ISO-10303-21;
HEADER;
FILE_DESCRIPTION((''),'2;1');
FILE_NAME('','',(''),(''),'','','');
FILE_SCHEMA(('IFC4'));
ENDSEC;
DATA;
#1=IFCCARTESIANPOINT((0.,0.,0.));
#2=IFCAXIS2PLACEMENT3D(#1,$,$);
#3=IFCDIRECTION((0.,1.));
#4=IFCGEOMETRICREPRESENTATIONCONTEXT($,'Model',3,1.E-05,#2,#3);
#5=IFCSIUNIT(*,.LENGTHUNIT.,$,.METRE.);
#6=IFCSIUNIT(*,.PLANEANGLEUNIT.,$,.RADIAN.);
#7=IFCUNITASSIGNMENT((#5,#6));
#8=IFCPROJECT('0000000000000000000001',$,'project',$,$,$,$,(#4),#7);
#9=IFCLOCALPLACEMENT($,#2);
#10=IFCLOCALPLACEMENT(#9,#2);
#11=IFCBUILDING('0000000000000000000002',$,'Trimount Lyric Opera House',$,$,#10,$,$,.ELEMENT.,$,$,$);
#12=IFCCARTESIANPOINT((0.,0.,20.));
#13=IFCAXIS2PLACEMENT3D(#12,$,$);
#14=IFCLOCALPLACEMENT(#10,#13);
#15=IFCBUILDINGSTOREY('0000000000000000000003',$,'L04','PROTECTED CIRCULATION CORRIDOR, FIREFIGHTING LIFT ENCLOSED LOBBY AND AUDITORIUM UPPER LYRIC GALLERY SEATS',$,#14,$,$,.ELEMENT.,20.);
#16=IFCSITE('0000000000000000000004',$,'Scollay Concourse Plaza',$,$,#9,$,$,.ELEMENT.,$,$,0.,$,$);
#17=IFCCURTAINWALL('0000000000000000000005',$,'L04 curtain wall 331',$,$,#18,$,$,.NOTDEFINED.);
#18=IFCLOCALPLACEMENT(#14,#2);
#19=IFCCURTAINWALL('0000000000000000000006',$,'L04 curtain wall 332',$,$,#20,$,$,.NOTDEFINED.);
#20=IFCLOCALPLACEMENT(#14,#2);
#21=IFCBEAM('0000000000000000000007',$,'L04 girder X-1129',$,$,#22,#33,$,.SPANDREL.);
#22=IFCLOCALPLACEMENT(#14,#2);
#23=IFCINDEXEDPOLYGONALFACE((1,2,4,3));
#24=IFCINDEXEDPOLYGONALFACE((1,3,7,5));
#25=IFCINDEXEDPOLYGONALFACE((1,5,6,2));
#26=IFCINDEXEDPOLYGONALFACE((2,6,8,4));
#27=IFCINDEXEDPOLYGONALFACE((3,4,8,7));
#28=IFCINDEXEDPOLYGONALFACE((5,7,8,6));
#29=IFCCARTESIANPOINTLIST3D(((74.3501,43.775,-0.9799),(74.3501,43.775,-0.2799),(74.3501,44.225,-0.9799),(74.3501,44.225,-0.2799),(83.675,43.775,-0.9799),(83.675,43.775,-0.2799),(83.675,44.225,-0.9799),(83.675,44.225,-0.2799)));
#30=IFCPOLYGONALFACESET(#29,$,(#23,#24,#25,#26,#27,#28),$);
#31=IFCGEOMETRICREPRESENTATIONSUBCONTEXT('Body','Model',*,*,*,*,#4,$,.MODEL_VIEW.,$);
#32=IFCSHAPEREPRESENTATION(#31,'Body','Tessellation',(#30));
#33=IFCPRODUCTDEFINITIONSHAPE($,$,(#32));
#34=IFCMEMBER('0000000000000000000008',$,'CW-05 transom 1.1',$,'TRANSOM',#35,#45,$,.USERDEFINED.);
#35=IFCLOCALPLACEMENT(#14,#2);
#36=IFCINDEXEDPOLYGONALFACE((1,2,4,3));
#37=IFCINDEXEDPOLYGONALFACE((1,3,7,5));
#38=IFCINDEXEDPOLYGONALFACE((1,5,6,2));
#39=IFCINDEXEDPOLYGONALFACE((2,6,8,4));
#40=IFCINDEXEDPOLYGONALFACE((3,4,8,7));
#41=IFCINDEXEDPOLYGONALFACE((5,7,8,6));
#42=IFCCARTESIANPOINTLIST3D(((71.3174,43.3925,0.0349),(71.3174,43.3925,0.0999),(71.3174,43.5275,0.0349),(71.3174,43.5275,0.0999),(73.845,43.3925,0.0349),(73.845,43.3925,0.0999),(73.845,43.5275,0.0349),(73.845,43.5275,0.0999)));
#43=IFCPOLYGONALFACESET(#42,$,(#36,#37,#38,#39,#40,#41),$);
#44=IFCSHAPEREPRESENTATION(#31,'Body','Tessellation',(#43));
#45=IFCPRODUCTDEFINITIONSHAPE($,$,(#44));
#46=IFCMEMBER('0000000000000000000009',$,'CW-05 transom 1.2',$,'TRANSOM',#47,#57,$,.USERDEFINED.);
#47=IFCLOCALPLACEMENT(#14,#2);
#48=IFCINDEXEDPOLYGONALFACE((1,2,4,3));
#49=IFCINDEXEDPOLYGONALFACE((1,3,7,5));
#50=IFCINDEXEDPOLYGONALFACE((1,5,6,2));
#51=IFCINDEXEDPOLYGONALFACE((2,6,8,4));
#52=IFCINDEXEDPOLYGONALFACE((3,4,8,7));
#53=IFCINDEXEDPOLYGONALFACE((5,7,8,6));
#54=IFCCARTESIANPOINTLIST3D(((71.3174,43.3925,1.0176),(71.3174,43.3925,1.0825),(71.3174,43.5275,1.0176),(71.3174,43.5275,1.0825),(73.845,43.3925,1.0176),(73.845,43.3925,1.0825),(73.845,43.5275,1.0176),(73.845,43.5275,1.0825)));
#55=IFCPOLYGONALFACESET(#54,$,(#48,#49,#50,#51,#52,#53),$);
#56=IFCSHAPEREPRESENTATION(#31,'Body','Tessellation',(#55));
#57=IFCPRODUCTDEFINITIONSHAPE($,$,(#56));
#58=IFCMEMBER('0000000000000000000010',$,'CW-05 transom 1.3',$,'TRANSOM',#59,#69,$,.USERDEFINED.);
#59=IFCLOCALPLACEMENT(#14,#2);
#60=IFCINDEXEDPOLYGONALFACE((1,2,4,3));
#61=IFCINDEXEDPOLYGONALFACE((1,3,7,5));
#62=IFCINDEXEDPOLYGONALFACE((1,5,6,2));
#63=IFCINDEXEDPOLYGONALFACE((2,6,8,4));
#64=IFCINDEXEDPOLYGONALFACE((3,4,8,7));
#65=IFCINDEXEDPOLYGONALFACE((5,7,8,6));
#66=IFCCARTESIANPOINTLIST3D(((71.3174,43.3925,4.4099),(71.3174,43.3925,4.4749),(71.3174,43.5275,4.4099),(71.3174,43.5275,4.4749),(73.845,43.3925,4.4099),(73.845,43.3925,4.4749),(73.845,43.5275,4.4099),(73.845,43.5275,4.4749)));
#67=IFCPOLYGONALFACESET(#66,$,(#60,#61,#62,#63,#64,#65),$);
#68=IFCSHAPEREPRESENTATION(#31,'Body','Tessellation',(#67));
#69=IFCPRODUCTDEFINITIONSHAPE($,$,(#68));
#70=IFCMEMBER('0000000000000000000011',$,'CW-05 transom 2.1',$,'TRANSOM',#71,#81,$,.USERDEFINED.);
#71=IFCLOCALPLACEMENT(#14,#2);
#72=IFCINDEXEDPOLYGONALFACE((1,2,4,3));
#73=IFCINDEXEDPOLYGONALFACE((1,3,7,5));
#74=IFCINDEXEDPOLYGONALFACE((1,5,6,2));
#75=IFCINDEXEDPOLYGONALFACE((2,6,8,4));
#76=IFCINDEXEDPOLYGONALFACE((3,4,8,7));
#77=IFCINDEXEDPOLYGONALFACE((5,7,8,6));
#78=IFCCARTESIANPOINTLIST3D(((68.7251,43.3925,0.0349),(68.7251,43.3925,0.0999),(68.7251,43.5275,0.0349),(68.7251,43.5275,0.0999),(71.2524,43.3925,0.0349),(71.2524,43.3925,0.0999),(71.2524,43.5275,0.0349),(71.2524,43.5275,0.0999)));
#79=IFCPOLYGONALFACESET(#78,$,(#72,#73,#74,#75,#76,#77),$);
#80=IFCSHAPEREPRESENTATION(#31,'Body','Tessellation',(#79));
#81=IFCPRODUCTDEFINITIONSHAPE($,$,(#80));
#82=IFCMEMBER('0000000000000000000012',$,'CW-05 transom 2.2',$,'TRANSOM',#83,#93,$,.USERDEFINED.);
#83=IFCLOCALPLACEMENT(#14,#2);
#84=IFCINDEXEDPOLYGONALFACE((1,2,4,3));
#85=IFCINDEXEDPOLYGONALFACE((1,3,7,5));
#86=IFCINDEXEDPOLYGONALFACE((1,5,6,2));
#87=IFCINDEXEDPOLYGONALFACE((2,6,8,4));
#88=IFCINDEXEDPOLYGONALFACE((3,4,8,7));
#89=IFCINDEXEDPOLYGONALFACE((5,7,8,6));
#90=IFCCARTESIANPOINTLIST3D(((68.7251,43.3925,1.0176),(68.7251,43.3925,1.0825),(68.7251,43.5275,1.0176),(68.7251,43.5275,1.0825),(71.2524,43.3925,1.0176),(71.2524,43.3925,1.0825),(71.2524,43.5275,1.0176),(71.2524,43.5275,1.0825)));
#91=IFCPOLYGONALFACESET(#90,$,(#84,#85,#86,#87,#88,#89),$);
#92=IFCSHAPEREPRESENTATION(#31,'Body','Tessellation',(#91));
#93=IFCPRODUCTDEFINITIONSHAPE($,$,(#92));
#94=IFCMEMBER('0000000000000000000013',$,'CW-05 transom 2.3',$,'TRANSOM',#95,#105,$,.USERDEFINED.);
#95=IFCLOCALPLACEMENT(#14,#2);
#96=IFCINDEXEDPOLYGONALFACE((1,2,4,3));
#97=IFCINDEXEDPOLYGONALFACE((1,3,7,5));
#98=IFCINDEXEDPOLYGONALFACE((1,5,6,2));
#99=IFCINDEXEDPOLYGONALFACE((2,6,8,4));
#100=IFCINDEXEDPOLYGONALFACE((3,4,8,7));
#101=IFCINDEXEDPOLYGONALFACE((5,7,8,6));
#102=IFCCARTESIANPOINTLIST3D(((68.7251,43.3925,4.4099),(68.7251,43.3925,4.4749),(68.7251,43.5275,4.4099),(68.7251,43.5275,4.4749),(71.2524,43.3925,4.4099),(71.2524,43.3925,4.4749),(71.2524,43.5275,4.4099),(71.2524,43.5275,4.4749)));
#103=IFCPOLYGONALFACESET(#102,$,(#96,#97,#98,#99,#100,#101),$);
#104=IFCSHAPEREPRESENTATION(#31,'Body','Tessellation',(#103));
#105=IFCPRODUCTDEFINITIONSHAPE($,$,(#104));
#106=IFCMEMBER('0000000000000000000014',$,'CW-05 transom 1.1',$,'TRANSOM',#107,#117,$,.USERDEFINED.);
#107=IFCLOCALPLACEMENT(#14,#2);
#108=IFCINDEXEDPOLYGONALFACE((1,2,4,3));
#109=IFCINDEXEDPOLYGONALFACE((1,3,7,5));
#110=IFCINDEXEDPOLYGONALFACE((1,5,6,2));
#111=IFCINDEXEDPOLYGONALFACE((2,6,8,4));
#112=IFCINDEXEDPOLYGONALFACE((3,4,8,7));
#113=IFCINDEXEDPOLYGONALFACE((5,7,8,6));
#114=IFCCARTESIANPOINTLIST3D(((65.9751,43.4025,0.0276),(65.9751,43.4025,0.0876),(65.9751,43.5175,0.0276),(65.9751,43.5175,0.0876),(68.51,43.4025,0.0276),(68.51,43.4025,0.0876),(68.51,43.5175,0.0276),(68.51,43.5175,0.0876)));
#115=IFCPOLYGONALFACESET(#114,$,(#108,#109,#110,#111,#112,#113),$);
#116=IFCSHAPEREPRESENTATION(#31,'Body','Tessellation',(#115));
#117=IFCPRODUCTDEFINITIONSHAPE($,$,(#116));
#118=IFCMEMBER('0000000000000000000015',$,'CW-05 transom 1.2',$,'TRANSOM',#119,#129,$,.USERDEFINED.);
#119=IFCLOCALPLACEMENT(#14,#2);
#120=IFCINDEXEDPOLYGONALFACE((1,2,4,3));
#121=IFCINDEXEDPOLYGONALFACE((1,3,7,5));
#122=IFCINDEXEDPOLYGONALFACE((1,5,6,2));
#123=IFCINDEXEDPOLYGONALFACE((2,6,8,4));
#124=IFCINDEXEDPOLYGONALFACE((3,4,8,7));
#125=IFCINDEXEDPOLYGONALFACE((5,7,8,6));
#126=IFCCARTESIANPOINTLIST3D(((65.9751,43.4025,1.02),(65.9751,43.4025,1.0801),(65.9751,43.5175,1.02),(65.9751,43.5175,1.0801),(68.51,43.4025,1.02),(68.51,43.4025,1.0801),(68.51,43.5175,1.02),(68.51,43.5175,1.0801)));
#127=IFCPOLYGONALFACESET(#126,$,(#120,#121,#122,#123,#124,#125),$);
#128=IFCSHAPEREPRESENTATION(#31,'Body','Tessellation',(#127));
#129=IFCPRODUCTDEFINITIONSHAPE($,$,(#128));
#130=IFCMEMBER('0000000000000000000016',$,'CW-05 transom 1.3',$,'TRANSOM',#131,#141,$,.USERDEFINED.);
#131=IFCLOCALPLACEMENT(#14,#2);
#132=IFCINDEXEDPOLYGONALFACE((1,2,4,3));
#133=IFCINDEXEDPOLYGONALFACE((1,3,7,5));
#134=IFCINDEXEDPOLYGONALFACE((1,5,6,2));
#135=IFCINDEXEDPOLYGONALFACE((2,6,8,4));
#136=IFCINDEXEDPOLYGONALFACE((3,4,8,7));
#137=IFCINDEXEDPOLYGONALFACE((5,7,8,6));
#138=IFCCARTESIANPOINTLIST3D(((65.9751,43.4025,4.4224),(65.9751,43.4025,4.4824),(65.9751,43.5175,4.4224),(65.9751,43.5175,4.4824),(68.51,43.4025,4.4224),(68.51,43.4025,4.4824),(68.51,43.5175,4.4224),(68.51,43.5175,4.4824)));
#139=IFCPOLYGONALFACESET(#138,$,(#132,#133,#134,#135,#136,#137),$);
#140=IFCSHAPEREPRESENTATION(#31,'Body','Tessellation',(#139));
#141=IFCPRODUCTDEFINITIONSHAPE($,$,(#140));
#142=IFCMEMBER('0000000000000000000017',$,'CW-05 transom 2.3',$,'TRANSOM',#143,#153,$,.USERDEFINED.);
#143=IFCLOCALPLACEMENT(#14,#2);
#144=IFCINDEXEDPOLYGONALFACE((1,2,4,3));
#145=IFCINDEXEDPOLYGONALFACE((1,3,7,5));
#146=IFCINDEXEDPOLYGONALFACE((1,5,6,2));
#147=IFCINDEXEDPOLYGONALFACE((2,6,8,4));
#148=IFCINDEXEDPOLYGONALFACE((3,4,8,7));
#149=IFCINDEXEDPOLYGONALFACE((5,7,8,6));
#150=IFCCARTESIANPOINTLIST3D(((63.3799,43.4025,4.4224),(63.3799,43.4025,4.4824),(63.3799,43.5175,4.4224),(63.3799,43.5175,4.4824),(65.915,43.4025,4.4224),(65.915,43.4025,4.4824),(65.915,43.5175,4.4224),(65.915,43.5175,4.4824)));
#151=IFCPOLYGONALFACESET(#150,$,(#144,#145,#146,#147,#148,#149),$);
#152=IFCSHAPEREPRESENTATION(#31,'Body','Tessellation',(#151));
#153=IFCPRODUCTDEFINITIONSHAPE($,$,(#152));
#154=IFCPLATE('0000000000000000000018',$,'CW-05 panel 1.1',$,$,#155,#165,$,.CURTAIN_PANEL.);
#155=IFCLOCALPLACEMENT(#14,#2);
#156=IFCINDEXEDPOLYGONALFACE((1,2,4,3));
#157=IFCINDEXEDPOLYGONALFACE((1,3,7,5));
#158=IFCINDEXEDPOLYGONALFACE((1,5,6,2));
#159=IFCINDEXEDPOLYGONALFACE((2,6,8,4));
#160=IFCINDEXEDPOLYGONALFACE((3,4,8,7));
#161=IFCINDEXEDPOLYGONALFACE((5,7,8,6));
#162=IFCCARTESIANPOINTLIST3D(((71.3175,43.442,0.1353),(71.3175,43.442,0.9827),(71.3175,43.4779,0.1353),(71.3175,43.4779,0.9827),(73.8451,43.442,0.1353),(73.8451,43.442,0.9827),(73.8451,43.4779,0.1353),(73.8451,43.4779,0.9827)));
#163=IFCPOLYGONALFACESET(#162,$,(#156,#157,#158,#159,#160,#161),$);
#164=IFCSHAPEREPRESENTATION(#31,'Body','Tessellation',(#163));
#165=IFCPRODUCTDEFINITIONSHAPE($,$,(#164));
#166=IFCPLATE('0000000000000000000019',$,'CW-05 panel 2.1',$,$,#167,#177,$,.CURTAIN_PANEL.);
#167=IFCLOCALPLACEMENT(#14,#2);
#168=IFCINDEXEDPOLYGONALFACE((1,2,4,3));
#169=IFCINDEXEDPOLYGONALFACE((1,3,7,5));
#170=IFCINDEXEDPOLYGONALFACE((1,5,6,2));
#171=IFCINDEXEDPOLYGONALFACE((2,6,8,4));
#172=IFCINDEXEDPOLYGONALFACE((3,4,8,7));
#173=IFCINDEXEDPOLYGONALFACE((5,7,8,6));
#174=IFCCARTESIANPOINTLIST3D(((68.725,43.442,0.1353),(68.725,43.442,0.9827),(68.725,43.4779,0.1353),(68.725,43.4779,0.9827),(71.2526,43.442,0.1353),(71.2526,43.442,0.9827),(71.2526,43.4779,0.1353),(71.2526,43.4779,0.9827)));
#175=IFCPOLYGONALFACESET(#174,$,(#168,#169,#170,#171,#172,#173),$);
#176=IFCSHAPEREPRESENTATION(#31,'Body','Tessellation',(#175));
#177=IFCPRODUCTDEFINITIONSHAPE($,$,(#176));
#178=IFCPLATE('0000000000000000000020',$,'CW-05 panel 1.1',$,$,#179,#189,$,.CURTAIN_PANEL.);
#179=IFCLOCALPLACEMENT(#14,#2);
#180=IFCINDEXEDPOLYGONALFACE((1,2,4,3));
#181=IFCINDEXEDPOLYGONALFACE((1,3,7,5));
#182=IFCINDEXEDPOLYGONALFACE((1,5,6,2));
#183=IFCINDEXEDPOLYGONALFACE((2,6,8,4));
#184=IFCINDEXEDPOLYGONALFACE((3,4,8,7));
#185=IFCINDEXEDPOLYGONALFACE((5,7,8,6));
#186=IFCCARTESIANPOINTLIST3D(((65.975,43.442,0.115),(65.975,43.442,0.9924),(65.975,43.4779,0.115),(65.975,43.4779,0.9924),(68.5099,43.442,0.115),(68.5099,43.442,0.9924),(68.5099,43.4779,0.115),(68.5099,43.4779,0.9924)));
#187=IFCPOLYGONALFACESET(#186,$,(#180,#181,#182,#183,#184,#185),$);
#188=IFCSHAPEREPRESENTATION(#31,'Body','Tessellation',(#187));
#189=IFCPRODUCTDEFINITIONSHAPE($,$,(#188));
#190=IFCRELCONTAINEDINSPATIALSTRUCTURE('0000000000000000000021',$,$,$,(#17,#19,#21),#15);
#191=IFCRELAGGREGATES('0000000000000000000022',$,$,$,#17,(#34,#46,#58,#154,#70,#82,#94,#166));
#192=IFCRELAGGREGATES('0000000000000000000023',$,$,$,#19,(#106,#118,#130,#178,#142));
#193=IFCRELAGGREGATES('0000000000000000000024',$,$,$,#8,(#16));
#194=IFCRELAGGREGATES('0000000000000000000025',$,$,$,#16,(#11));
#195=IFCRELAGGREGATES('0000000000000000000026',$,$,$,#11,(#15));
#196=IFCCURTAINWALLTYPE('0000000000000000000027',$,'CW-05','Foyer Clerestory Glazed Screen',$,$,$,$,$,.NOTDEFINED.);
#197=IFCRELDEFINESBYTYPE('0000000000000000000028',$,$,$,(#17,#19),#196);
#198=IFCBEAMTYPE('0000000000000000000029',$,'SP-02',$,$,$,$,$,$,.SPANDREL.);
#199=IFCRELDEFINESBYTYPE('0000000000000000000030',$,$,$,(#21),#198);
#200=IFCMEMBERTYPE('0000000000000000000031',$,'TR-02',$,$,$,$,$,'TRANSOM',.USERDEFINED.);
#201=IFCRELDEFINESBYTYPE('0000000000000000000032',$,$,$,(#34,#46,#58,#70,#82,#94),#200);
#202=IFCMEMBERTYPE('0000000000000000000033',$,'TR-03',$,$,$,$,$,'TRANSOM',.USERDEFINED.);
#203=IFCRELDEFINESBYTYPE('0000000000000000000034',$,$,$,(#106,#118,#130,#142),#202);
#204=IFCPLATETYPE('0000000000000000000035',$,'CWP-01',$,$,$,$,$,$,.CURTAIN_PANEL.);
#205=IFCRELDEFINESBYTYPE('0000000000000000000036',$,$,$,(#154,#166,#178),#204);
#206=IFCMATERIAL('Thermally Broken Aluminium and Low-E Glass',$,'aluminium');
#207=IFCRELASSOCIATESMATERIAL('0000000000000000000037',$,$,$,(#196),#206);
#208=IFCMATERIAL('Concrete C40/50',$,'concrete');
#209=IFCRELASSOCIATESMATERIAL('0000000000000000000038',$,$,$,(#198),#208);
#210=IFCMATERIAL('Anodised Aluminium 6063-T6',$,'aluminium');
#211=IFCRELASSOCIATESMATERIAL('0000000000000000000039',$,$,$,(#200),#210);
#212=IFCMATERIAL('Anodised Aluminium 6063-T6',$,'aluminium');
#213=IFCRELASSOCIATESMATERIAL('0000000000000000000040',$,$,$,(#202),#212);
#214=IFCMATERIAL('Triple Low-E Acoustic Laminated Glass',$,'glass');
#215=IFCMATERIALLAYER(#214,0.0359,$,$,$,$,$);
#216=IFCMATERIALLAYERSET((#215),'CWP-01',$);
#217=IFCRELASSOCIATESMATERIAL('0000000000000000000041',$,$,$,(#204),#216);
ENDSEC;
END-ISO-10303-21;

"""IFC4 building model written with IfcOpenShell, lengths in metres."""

from ifc_helpers import new_model, si_unit, direction, frame, origin, origin_2d, place, context, subcontext, project, spatial, rectangle, extrude, material, layer, layer_set, material_profile, profile_set, type_object, element, aggregate, save


model = new_model("IFC4")

# Units and contexts
model_context = context("Model", 3, precision=1e-05, world=origin(), true_north=direction((0.0, 1.0)))
body_context = subcontext(model_context, "Body", "Model", "MODEL_VIEW")
ifc_project = project(units=[si_unit("LENGTHUNIT", "METRE"), si_unit("PLANEANGLEUNIT", "RADIAN")], contexts=[model_context])

# Site, building, storey
site_placement = place(None, origin())
site = spatial("IfcSite", under=ifc_project, at=site_placement, Name="Scollay Concourse Plaza", CompositionType="ELEMENT", RefElevation=0.0)
building_placement = place(site_placement, origin())
building = spatial("IfcBuilding", under=site, at=building_placement, Name="Trimount Lyric Opera House", CompositionType="ELEMENT")
storey_placement = place(building_placement, frame((0.0, 0.0, 20.0)))
storey = spatial("IfcBuildingStorey", under=building, at=storey_placement, Name="L04", Description="PROTECTED CIRCULATION CORRIDOR, FIREFIGHTING LIFT ENCLOSED LOBBY AND AUDITORIUM UPPER LYRIC GALLERY SEATS", CompositionType="ELEMENT", Elevation=20.0)

# Shared definitions
ifc_material_1 = material(Name="Thermally Broken Aluminium and Low-E Glass", Category="aluminium")
curtain_wall_type = type_object("IfcCurtainWallType", Name="CW-05", Description="Foyer Clerestory Glazed Screen", PredefinedType="NOTDEFINED", material=ifc_material_1)

# Curtain walls
curtain_wall_1_placement = place(storey_placement, origin())
curtain_wall_1 = element("IfcCurtainWall", 1, at=curtain_wall_1_placement, inside=storey, type_object=curtain_wall_type, Name="L04 curtain wall 331", PredefinedType="NOTDEFINED")
curtain_wall_2_placement = place(storey_placement, origin())
curtain_wall_2 = element("IfcCurtainWall", 2, at=curtain_wall_2_placement, inside=storey, type_object=curtain_wall_type, Name="L04 curtain wall 332", PredefinedType="NOTDEFINED")

# Beam
ifc_material_2 = material(Name="Concrete C40/50", Category="concrete")
ifc_material_profile_1 = material_profile(ifc_material_2, rectangle(XDim=0.45, YDim=0.7, at=origin_2d()), Name="RC450X700")
ifc_profile_set_1 = profile_set([ifc_material_profile_1], Name="Concrete C40/50")
beam_type_1 = type_object("IfcBeamType", Name="SP-02", PredefinedType="SPANDREL", material=ifc_profile_set_1)
beam_1_placement = place(storey_placement, frame((74.3501, 44.0, -0.6299), z_axis=(1.0, 0.0, 0.0), x_axis=(0.0, 1.0, 0.0)))
element("IfcBeam", 3, at=beam_1_placement, inside=storey, type_object=beam_type_1, Name="L04 girder X-1129", PredefinedType="SPANDREL", context=body_context, shape_type="SweptSolid", body=[
    extrude(rectangle(XDim=0.45, YDim=0.7, at=origin_2d()), origin(), (0.0, 0.0, 1.0), 9.325),
])

# Members
ifc_material_3 = material(Name="Anodised Aluminium 6063-T6", Category="aluminium")
ifc_material_profile_2 = material_profile(ifc_material_3, rectangle(XDim=0.135, YDim=0.0649, at=origin_2d()), Name="ALU-TRAN-65X135")
ifc_profile_set_2 = profile_set([ifc_material_profile_2], Name="Anodised Aluminium 6063-T6")
member_type_1 = type_object("IfcMemberType", Name="TR-02", ElementType="TRANSOM", PredefinedType="USERDEFINED", material=ifc_profile_set_2)
member_1_placement = place(storey_placement, frame((73.845, 43.46, 0.0674), z_axis=(-1.0, 0.0, 0.0), x_axis=(0.0, -1.0, 0.0)))
member_1 = element("IfcMember", 4, at=member_1_placement, type_object=member_type_1, Name="CW-05 transom 1.1", ObjectType="TRANSOM", PredefinedType="USERDEFINED", context=body_context, shape_type="SweptSolid", body=[
    extrude(rectangle(XDim=0.135, YDim=0.0649, at=origin_2d()), origin(), (0.0, 0.0, 1.0), 2.5276),
])
member_2_placement = place(storey_placement, frame((73.845, 43.46, 1.05), z_axis=(-1.0, 0.0, 0.0), x_axis=(0.0, -1.0, 0.0)))
member_2 = element("IfcMember", 5, at=member_2_placement, type_object=member_type_1, Name="CW-05 transom 1.2", ObjectType="TRANSOM", PredefinedType="USERDEFINED", context=body_context, shape_type="SweptSolid", body=[
    extrude(rectangle(XDim=0.135, YDim=0.0649, at=origin_2d()), origin(), (0.0, 0.0, 1.0), 2.5276),
])
member_3_placement = place(storey_placement, frame((73.845, 43.46, 4.4424), z_axis=(-1.0, 0.0, 0.0), x_axis=(0.0, -1.0, 0.0)))
member_3 = element("IfcMember", 6, at=member_3_placement, type_object=member_type_1, Name="CW-05 transom 1.3", ObjectType="TRANSOM", PredefinedType="USERDEFINED", context=body_context, shape_type="SweptSolid", body=[
    extrude(rectangle(XDim=0.135, YDim=0.0649, at=origin_2d()), origin(), (0.0, 0.0, 1.0), 2.5276),
])
member_4_placement = place(storey_placement, frame((71.2524, 43.46, 0.0674), z_axis=(-1.0, 0.0, 0.0), x_axis=(0.0, -1.0, 0.0)))
member_4 = element("IfcMember", 7, at=member_4_placement, type_object=member_type_1, Name="CW-05 transom 2.1", ObjectType="TRANSOM", PredefinedType="USERDEFINED", context=body_context, shape_type="SweptSolid", body=[
    extrude(rectangle(XDim=0.135, YDim=0.0649, at=origin_2d()), origin(), (0.0, 0.0, 1.0), 2.5273),
])
member_5_placement = place(storey_placement, frame((71.2524, 43.46, 1.05), z_axis=(-1.0, 0.0, 0.0), x_axis=(0.0, -1.0, 0.0)))
member_5 = element("IfcMember", 8, at=member_5_placement, type_object=member_type_1, Name="CW-05 transom 2.2", ObjectType="TRANSOM", PredefinedType="USERDEFINED", context=body_context, shape_type="SweptSolid", body=[
    extrude(rectangle(XDim=0.135, YDim=0.0649, at=origin_2d()), origin(), (0.0, 0.0, 1.0), 2.5273),
])
member_6_placement = place(storey_placement, frame((71.2524, 43.46, 4.4424), z_axis=(-1.0, 0.0, 0.0), x_axis=(0.0, -1.0, 0.0)))
member_6 = element("IfcMember", 9, at=member_6_placement, type_object=member_type_1, Name="CW-05 transom 2.3", ObjectType="TRANSOM", PredefinedType="USERDEFINED", context=body_context, shape_type="SweptSolid", body=[
    extrude(rectangle(XDim=0.135, YDim=0.0649, at=origin_2d()), origin(), (0.0, 0.0, 1.0), 2.5273),
])
ifc_material_4 = material(Name="Anodised Aluminium 6063-T6", Category="aluminium")
ifc_material_profile_3 = material_profile(ifc_material_4, rectangle(XDim=0.115, YDim=0.0601, at=origin_2d()), Name="ALU-TRAN-60X115")
ifc_profile_set_3 = profile_set([ifc_material_profile_3], Name="Anodised Aluminium 6063-T6")
member_type_2 = type_object("IfcMemberType", Name="TR-03", ElementType="TRANSOM", PredefinedType="USERDEFINED", material=ifc_profile_set_3)
member_7_placement = place(storey_placement, frame((68.51, 43.46, 0.0576), z_axis=(-1.0, 0.0, 0.0), x_axis=(0.0, -1.0, 0.0)))
member_7 = element("IfcMember", 10, at=member_7_placement, type_object=member_type_2, Name="CW-05 transom 1.1", ObjectType="TRANSOM", PredefinedType="USERDEFINED", context=body_context, shape_type="SweptSolid", body=[
    extrude(rectangle(XDim=0.115, YDim=0.0601, at=origin_2d()), origin(), (0.0, 0.0, 1.0), 2.5349),
])
member_8_placement = place(storey_placement, frame((68.51, 43.46, 1.05), z_axis=(-1.0, 0.0, 0.0), x_axis=(0.0, -1.0, 0.0)))
member_8 = element("IfcMember", 11, at=member_8_placement, type_object=member_type_2, Name="CW-05 transom 1.2", ObjectType="TRANSOM", PredefinedType="USERDEFINED", context=body_context, shape_type="SweptSolid", body=[
    extrude(rectangle(XDim=0.115, YDim=0.0601, at=origin_2d()), origin(), (0.0, 0.0, 1.0), 2.5349),
])
member_9_placement = place(storey_placement, frame((68.51, 43.46, 4.4524), z_axis=(-1.0, 0.0, 0.0), x_axis=(0.0, -1.0, 0.0)))
member_9 = element("IfcMember", 12, at=member_9_placement, type_object=member_type_2, Name="CW-05 transom 1.3", ObjectType="TRANSOM", PredefinedType="USERDEFINED", context=body_context, shape_type="SweptSolid", body=[
    extrude(rectangle(XDim=0.115, YDim=0.0601, at=origin_2d()), origin(), (0.0, 0.0, 1.0), 2.5349),
])
member_10_placement = place(storey_placement, frame((65.915, 43.46, 4.4524), z_axis=(-1.0, 0.0, 0.0), x_axis=(0.0, -1.0, 0.0)))
member_10 = element("IfcMember", 13, at=member_10_placement, type_object=member_type_2, Name="CW-05 transom 2.3", ObjectType="TRANSOM", PredefinedType="USERDEFINED", context=body_context, shape_type="SweptSolid", body=[
    extrude(rectangle(XDim=0.115, YDim=0.0601, at=origin_2d()), origin(), (0.0, 0.0, 1.0), 2.5352),
])

# Plates
ifc_material_5 = material(Name="Triple Low-E Acoustic Laminated Glass", Category="glass")
ifc_layer_1 = layer(ifc_material_5, 0.0359)
ifc_layer_set_1 = layer_set([ifc_layer_1], Name="CWP-01")
plate_type_1 = type_object("IfcPlateType", Name="CWP-01", PredefinedType="CURTAIN_PANEL", material=ifc_layer_set_1)
plate_1_placement = place(storey_placement, frame((72.5813, 43.46, 0.1353), z_axis=(0.0, 0.0, 1.0), x_axis=(-1.0, 0.0, 0.0)))
plate_1 = element("IfcPlate", 14, at=plate_1_placement, type_object=plate_type_1, Name="CW-05 panel 1.1", PredefinedType="CURTAIN_PANEL", context=body_context, shape_type="SweptSolid", body=[
    extrude(rectangle(XDim=2.5276, YDim=0.0359, at=origin_2d()), origin(), (0.0, 0.0, 1.0), 0.8474),
])
plate_2_placement = place(storey_placement, frame((69.9888, 43.46, 0.1353), z_axis=(0.0, 0.0, 1.0), x_axis=(-1.0, 0.0, 0.0)))
plate_2 = element("IfcPlate", 15, at=plate_2_placement, type_object=plate_type_1, Name="CW-05 panel 2.1", PredefinedType="CURTAIN_PANEL", context=body_context, shape_type="SweptSolid", body=[
    extrude(rectangle(XDim=2.5276, YDim=0.0359, at=origin_2d()), origin(), (0.0, 0.0, 1.0), 0.8474),
])
plate_3_placement = place(storey_placement, frame((67.2424, 43.46, 0.115), z_axis=(0.0, 0.0, 1.0), x_axis=(-1.0, 0.0, 0.0)))
plate_3 = element("IfcPlate", 16, at=plate_3_placement, type_object=plate_type_1, Name="CW-05 panel 1.1", PredefinedType="CURTAIN_PANEL", context=body_context, shape_type="SweptSolid", body=[
    extrude(rectangle(XDim=2.5349, YDim=0.0359, at=origin_2d()), origin(), (0.0, 0.0, 1.0), 0.8774),
])
aggregate(curtain_wall_1, [member_1, member_2, member_3, plate_1, member_4, member_5, member_6, plate_2])
aggregate(curtain_wall_2, [member_7, member_8, member_9, plate_3, member_10])

save(model, "model.ifc")
